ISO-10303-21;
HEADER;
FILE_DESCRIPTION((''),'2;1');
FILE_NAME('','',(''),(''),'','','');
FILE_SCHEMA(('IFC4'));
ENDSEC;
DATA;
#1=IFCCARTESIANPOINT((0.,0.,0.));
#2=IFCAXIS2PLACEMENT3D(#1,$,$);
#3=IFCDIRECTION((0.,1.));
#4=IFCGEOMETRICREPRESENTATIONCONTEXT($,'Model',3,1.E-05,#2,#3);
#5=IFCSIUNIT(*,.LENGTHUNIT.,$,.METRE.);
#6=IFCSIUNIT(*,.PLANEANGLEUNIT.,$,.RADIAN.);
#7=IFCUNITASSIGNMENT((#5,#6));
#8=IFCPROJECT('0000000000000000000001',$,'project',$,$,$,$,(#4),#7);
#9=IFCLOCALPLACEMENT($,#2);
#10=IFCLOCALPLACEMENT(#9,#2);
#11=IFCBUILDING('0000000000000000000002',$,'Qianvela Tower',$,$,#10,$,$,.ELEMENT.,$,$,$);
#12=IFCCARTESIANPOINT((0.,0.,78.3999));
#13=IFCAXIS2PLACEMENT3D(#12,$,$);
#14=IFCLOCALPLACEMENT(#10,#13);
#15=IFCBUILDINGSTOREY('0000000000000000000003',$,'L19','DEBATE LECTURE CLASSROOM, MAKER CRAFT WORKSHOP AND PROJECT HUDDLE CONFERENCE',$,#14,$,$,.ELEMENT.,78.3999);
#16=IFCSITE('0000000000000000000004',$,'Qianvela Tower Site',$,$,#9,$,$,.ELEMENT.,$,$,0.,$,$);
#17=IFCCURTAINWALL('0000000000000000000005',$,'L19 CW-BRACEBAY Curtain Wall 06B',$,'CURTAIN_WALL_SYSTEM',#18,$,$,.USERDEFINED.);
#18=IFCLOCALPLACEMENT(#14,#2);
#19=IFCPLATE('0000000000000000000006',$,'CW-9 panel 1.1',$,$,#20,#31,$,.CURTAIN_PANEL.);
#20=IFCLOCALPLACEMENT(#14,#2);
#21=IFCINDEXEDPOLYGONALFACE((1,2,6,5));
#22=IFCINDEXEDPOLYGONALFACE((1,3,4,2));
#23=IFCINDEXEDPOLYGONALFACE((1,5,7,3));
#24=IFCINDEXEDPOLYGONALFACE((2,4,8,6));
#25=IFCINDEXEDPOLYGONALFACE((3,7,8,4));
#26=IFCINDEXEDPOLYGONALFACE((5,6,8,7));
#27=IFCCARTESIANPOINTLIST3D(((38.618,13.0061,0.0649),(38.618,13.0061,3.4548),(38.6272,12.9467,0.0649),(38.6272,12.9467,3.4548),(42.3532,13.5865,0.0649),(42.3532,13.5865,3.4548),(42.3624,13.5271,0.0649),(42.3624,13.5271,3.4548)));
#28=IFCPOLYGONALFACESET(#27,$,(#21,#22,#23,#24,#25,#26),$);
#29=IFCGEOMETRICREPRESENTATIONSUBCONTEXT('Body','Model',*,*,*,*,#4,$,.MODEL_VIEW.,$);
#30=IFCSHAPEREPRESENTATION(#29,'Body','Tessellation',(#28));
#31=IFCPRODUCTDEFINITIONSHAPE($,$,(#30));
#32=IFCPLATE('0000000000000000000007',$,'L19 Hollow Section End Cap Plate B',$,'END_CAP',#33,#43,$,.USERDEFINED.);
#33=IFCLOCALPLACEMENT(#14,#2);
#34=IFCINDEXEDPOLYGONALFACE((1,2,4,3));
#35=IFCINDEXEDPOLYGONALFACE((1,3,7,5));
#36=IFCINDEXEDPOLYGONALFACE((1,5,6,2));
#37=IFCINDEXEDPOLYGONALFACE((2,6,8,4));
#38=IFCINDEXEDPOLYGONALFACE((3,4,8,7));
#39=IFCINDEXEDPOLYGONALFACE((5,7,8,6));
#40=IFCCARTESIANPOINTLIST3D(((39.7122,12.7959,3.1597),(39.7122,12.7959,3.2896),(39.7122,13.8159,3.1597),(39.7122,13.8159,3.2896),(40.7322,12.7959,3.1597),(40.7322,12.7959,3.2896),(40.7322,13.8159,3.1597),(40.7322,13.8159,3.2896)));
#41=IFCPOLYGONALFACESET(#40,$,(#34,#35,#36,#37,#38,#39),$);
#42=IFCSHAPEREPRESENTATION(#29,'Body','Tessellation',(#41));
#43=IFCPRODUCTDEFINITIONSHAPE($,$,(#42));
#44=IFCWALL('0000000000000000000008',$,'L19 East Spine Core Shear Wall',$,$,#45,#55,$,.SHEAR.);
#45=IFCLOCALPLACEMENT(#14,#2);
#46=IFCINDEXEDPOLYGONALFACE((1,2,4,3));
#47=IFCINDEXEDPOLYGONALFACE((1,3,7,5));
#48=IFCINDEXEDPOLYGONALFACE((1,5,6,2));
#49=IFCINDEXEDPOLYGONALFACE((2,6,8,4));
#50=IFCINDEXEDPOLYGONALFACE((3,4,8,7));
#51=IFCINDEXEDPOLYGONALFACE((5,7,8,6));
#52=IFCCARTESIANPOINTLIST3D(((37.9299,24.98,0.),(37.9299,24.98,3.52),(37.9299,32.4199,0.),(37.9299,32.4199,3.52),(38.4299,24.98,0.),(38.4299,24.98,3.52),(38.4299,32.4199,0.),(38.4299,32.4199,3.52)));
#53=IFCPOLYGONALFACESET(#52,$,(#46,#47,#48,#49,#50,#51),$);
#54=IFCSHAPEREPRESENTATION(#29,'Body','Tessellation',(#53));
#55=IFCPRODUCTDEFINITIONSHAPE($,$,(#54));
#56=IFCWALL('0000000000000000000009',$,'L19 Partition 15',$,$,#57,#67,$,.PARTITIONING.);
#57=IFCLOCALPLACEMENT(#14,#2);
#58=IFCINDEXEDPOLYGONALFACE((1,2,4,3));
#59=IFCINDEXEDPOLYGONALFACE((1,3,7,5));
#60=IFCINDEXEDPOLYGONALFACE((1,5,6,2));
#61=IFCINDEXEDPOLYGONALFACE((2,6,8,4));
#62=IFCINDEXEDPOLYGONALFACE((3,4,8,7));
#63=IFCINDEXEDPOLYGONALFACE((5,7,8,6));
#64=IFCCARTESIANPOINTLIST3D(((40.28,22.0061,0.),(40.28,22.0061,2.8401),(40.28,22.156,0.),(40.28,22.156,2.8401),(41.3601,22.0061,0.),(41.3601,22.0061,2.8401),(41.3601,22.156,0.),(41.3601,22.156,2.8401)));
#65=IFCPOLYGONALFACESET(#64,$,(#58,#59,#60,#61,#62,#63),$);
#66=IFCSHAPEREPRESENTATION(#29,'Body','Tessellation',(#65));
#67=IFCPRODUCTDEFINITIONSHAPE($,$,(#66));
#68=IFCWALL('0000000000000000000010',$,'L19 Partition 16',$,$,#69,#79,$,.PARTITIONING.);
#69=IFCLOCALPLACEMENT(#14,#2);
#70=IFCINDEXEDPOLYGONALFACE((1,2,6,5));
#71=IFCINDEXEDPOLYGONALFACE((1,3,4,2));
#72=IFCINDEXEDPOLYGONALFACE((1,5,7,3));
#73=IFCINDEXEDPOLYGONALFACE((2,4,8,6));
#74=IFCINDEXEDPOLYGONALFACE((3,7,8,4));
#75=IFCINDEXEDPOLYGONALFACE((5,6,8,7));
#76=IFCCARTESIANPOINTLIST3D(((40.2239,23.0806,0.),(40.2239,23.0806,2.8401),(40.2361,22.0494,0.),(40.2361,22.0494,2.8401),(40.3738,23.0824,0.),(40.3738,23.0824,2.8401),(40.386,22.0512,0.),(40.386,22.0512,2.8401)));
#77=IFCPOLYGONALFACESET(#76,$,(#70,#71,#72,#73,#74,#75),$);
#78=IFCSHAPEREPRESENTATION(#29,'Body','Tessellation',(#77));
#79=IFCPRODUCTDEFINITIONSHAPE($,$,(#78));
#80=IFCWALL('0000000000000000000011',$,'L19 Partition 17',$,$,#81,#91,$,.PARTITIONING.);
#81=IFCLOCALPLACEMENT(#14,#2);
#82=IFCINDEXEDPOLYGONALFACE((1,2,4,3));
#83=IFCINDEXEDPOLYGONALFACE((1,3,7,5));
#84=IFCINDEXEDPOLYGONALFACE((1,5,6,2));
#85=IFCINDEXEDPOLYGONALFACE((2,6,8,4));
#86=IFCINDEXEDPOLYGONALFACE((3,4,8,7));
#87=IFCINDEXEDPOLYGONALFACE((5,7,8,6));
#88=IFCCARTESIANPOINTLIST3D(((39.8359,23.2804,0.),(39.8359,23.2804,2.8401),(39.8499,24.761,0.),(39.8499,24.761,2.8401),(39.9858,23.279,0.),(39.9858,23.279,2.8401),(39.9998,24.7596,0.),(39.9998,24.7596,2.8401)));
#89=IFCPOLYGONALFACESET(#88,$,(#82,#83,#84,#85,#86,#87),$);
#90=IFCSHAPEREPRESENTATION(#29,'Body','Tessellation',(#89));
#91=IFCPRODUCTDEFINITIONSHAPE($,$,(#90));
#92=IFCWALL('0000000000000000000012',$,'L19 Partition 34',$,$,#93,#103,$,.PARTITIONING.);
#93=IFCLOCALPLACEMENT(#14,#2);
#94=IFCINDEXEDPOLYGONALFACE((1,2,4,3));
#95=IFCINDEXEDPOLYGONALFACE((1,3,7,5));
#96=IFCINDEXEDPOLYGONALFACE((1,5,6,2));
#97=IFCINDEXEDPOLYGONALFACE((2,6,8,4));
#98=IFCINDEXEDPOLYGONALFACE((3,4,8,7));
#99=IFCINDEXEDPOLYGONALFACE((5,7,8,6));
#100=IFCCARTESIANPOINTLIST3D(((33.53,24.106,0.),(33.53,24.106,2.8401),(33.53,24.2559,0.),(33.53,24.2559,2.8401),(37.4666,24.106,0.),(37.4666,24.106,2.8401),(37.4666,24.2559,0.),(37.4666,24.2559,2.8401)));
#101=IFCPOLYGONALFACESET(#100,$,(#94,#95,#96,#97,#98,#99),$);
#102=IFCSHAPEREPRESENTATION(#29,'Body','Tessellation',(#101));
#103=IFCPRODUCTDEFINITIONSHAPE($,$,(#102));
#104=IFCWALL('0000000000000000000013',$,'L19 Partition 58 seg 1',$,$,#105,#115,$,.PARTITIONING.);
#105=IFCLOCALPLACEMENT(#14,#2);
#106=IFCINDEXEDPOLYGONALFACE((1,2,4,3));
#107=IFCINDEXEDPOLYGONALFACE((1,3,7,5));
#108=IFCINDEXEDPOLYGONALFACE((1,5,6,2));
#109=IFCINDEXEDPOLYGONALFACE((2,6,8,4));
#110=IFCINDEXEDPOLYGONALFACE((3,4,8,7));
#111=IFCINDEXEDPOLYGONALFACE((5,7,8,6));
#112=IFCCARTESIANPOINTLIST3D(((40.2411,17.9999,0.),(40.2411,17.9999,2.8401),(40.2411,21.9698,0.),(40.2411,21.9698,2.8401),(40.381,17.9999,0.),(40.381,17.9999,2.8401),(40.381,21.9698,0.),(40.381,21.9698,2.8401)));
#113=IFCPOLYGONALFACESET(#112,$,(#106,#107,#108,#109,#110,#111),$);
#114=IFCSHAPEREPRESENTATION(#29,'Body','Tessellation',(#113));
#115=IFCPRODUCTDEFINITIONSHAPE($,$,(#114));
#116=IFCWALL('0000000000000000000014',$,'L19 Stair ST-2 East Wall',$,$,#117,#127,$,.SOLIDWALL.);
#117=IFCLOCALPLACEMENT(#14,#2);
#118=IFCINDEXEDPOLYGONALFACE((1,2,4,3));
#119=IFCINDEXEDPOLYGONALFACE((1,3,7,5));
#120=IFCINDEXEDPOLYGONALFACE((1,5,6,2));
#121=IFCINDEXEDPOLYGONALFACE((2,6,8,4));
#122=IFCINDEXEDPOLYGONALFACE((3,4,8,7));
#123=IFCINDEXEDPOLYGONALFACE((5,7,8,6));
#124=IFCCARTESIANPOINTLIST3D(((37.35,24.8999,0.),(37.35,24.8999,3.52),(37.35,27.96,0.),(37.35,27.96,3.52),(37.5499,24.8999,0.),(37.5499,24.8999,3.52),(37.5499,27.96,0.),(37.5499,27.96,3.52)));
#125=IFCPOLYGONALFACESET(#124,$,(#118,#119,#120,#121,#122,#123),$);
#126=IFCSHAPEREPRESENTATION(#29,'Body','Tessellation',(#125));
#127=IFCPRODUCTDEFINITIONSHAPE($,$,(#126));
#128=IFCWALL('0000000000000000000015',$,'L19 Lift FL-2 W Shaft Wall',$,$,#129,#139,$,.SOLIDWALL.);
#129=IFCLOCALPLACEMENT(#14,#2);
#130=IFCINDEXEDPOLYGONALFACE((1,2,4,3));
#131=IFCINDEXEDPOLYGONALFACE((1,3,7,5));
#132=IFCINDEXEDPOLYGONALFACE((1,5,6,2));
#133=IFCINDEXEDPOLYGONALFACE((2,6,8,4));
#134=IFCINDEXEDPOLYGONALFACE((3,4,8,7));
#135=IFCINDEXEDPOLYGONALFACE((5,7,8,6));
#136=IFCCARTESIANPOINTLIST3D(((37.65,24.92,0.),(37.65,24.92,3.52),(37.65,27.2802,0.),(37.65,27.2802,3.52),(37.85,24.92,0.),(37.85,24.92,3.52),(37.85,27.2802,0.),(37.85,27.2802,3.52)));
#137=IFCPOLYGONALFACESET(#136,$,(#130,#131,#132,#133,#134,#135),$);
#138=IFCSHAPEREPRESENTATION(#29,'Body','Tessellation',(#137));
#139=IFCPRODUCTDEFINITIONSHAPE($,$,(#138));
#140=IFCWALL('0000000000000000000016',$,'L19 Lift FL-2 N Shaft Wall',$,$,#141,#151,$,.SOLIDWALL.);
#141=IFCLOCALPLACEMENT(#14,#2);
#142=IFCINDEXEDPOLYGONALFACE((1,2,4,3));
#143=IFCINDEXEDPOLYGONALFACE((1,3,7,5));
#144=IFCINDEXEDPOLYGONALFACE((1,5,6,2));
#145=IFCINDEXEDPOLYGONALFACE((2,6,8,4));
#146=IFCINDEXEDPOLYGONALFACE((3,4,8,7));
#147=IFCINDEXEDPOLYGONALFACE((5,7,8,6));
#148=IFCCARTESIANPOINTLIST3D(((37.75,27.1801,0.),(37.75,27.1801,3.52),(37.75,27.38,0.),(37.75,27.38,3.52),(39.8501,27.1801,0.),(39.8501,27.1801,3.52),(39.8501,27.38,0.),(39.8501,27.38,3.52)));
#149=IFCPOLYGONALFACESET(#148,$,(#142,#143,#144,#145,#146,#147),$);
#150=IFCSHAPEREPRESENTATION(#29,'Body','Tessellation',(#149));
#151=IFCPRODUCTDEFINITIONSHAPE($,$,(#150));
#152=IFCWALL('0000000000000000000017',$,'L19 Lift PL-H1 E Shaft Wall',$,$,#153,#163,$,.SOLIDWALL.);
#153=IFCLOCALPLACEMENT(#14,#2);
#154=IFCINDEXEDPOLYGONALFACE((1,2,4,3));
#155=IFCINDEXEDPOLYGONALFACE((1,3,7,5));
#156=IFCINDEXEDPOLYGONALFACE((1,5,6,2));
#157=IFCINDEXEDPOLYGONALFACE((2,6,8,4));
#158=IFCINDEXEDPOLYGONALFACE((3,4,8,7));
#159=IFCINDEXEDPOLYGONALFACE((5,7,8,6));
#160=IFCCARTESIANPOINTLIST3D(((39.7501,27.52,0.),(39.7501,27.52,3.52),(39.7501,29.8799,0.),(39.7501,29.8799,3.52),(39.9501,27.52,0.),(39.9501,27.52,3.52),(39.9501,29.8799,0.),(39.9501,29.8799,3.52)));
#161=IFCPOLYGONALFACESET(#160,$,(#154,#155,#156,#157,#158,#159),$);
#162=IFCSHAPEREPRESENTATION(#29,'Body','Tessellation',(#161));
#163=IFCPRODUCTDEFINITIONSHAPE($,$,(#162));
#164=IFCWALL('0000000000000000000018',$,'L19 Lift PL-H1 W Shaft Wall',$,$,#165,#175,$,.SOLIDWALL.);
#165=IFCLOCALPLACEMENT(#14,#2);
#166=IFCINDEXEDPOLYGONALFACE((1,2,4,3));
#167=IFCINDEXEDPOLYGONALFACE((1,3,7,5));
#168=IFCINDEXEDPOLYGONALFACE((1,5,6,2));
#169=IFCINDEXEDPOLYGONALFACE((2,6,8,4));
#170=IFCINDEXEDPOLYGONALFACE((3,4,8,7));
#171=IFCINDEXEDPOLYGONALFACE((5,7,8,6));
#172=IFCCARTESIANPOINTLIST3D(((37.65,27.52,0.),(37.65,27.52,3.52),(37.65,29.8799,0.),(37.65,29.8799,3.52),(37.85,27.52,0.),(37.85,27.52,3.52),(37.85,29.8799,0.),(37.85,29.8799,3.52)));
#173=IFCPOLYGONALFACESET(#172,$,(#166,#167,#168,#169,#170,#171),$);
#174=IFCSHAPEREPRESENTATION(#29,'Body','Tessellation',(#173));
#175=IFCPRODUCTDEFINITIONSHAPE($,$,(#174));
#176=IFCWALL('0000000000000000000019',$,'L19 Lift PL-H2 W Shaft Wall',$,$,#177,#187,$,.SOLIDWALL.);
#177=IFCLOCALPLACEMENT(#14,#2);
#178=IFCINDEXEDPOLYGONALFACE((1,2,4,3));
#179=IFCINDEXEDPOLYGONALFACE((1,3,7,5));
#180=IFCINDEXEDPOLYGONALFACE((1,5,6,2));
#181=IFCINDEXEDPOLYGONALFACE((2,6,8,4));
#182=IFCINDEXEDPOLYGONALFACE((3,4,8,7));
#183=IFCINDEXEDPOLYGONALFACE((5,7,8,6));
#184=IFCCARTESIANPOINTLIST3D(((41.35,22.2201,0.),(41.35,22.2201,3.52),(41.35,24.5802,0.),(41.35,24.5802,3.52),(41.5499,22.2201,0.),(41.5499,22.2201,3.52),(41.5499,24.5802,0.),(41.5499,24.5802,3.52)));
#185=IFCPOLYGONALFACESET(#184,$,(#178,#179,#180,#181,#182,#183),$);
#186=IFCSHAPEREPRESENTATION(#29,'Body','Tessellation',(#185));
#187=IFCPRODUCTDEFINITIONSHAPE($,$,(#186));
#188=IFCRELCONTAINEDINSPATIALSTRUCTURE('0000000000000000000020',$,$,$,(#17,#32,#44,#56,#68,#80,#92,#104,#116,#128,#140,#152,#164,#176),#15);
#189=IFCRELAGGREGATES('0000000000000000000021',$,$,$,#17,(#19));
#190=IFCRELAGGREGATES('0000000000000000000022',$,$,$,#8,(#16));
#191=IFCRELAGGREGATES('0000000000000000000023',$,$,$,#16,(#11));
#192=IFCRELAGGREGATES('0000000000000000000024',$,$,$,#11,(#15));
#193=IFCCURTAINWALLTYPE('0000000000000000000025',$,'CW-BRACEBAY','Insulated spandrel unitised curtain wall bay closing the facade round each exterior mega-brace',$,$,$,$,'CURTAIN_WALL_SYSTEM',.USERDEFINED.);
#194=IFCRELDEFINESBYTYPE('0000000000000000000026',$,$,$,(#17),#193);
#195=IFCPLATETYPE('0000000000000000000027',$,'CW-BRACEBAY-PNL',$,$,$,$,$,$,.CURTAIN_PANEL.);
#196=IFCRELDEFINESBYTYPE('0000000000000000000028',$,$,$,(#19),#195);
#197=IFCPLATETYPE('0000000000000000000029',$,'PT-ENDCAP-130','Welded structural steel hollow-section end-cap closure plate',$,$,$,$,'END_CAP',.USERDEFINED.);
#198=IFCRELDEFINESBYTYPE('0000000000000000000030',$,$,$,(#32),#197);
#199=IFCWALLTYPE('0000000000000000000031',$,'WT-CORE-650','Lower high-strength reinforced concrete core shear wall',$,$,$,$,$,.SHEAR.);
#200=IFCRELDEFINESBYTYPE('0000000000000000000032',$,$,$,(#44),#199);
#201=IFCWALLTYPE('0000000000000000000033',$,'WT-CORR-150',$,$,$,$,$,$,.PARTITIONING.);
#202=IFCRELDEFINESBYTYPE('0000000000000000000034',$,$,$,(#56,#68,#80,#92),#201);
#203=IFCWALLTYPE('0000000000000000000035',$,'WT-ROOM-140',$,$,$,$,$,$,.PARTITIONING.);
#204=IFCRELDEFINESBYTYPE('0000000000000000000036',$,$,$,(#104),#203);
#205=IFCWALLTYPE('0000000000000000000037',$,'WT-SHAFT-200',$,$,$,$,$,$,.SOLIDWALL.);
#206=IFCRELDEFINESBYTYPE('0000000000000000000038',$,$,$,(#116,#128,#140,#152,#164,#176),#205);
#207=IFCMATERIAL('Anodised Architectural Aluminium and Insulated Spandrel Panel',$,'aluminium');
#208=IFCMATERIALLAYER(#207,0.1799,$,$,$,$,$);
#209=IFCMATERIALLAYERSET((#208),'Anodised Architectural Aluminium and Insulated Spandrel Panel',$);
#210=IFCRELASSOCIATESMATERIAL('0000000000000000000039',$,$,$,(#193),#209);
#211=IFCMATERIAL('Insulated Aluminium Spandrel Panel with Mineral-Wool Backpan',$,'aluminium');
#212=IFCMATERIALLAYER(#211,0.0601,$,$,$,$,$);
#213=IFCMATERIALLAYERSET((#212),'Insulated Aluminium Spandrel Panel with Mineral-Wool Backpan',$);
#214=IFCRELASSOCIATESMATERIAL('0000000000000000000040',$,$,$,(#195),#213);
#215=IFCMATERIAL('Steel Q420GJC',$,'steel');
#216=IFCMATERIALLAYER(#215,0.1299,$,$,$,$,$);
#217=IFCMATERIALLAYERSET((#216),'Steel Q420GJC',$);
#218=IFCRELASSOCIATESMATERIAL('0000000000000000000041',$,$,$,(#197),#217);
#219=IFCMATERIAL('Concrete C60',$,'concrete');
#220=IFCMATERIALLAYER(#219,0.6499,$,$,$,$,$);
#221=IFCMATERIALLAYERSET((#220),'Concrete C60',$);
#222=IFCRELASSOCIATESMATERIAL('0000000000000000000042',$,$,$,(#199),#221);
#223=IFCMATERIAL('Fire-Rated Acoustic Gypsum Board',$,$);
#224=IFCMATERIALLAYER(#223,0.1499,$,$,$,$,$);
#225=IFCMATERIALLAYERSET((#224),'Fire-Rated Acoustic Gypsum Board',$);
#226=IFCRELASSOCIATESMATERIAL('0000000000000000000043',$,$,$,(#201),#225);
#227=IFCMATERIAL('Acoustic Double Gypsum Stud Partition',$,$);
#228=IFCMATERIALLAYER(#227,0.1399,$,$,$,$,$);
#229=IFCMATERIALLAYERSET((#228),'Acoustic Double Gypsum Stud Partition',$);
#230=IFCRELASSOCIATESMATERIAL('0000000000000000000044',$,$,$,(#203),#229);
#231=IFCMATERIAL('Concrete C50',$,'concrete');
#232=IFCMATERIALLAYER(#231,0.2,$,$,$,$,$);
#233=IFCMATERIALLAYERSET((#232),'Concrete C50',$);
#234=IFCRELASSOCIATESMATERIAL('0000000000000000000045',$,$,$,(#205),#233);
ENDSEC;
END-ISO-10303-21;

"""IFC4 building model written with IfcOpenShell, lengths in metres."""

from ifc_helpers import new_model, si_unit, direction, frame, frame_2d, origin, origin_2d, place, context, subcontext, project, spatial, rectangle, extrude, material, layer, layer_set, type_object, element, aggregate, save


model = new_model("IFC4")

# Units and contexts
model_context = context("Model", 3, precision=1e-05, world=origin(), true_north=direction((0.0, 1.0)))
body_context = subcontext(model_context, "Body", "Model", "MODEL_VIEW")
ifc_project = project(units=[si_unit("LENGTHUNIT", "METRE"), si_unit("PLANEANGLEUNIT", "RADIAN")], contexts=[model_context])

# Site, building, storey
site_placement = place(None, origin())
site = spatial("IfcSite", under=ifc_project, at=site_placement, Name="Qianvela Tower Site", CompositionType="ELEMENT", RefElevation=0.0)
building_placement = place(site_placement, origin())
building = spatial("IfcBuilding", under=site, at=building_placement, Name="Qianvela Tower", CompositionType="ELEMENT")
storey_placement = place(building_placement, frame((0.0, 0.0, 78.3999)))
storey = spatial("IfcBuildingStorey", under=building, at=storey_placement, Name="L19", Description="DEBATE LECTURE CLASSROOM, MAKER CRAFT WORKSHOP AND PROJECT HUDDLE CONFERENCE", CompositionType="ELEMENT", Elevation=78.3999)

# Curtain wall
ifc_material_1 = material(Name="Anodised Architectural Aluminium and Insulated Spandrel Panel", Category="aluminium")
ifc_layer_1 = layer(ifc_material_1, 0.1799)
ifc_layer_set_1 = layer_set([ifc_layer_1], Name="Anodised Architectural Aluminium and Insulated Spandrel Panel")
curtain_wall_type_1 = type_object("IfcCurtainWallType", Name="CW-BRACEBAY", Description="Insulated spandrel unitised curtain wall bay closing the facade round each exterior mega-brace", ElementType="CURTAIN_WALL_SYSTEM", PredefinedType="USERDEFINED", material=ifc_layer_set_1)
curtain_wall_1_placement = place(storey_placement, origin())
curtain_wall_1 = element("IfcCurtainWall", 1, at=curtain_wall_1_placement, inside=storey, type_object=curtain_wall_type_1, Name="L19 CW-BRACEBAY Curtain Wall 06B", ObjectType="CURTAIN_WALL_SYSTEM", PredefinedType="USERDEFINED")

# Plates
ifc_material_2 = material(Name="Insulated Aluminium Spandrel Panel with Mineral-Wool Backpan", Category="aluminium")
ifc_layer_2 = layer(ifc_material_2, 0.0601)
ifc_layer_set_2 = layer_set([ifc_layer_2], Name="Insulated Aluminium Spandrel Panel with Mineral-Wool Backpan")
plate_type_1 = type_object("IfcPlateType", Name="CW-BRACEBAY-PNL", PredefinedType="CURTAIN_PANEL", material=ifc_layer_set_2)
plate_1_placement = place(storey_placement, frame((40.4902, 13.2666, 0.0649), z_axis=(0.0, 0.0, 1.0), x_axis=(0.988141, 0.153552, 0.0)))
plate_1 = element("IfcPlate", 2, at=plate_1_placement, type_object=plate_type_1, Name="CW-9 panel 1.1", PredefinedType="CURTAIN_PANEL", context=body_context, shape_type="SweptSolid", body=[
    extrude(rectangle(XDim=3.78, YDim=0.0601, at=origin_2d()), origin(), (0.0, 0.0, 1.0), 3.3899),
])
aggregate(curtain_wall_1, [plate_1])
ifc_material_3 = material(Name="Steel Q420GJC", Category="steel")
ifc_layer_3 = layer(ifc_material_3, 0.1299)
ifc_layer_set_3 = layer_set([ifc_layer_3], Name="Steel Q420GJC")
plate_type_2 = type_object("IfcPlateType", Name="PT-ENDCAP-130", Description="Welded structural steel hollow-section end-cap closure plate", ElementType="END_CAP", PredefinedType="USERDEFINED", material=ifc_layer_set_3)
plate_2_placement = place(storey_placement, frame((40.2222, 13.3059, 3.1597), z_axis=(0.0, 0.0, 1.0), x_axis=(1.0, 0.0, 0.0)))
element("IfcPlate", 3, at=plate_2_placement, inside=storey, type_object=plate_type_2, Name="L19 Hollow Section End Cap Plate B", ObjectType="END_CAP", PredefinedType="USERDEFINED", context=body_context, shape_type="SweptSolid", body=[
    extrude(rectangle(XDim=1.02, YDim=1.02, at=origin_2d()), origin(), (0.0, 0.0, 1.0), 0.1299),
])

# Walls
ifc_material_4 = material(Name="Concrete C60", Category="concrete")
ifc_layer_4 = layer(ifc_material_4, 0.6499)
ifc_layer_set_4 = layer_set([ifc_layer_4], Name="Concrete C60")
wall_type_1 = type_object("IfcWallType", Name="WT-CORE-650", Description="Lower high-strength reinforced concrete core shear wall", PredefinedType="SHEAR", material=ifc_layer_set_4)
wall_1_placement = place(storey_placement, frame((38.1799, 24.98, 0.0), z_axis=(0.0, 0.0, 1.0), x_axis=(0.0, 1.0, 0.0)))
element("IfcWall", 4, at=wall_1_placement, inside=storey, type_object=wall_type_1, Name="L19 East Spine Core Shear Wall", PredefinedType="SHEAR", context=body_context, shape_type="SweptSolid", body=[
    extrude(rectangle(XDim=7.4399, YDim=0.5, at=frame_2d((3.72, 0.0))), origin(), (0.0, 0.0, 1.0), 3.52),
])
ifc_material_5 = material(Name="Fire-Rated Acoustic Gypsum Board")
ifc_layer_5 = layer(ifc_material_5, 0.1499)
ifc_layer_set_5 = layer_set([ifc_layer_5], Name="Fire-Rated Acoustic Gypsum Board")
wall_type_2 = type_object("IfcWallType", Name="WT-CORR-150", PredefinedType="PARTITIONING", material=ifc_layer_set_5)
wall_2_placement = place(storey_placement, frame((41.3601, 22.0811, 0.0), z_axis=(0.0, 0.0, 1.0), x_axis=(-1.0, 0.0, 0.0)))
element("IfcWall", 5, at=wall_2_placement, inside=storey, type_object=wall_type_2, Name="L19 Partition 15", PredefinedType="PARTITIONING", context=body_context, shape_type="SweptSolid", body=[
    extrude(rectangle(XDim=1.0801, YDim=0.1499, at=frame_2d((0.54, 0.0))), origin(), (0.0, 0.0, 1.0), 2.8401),
])
wall_3_placement = place(storey_placement, frame((40.311, 22.0503, 0.0), z_axis=(0.0, 0.0, 1.0), x_axis=(-0.011836, 0.99993, 0.0)))
element("IfcWall", 6, at=wall_3_placement, inside=storey, type_object=wall_type_2, Name="L19 Partition 16", PredefinedType="PARTITIONING", context=body_context, shape_type="SweptSolid", body=[
    extrude(rectangle(XDim=1.0312, YDim=0.1499, at=frame_2d((0.5156, 0.0))), origin(), (0.0, 0.0, 1.0), 2.8401),
])
wall_4_placement = place(storey_placement, frame((39.9109, 23.2798, 0.0), z_axis=(0.0, 0.0, 1.0), x_axis=(0.009398, 0.999956, 0.0)))
element("IfcWall", 7, at=wall_4_placement, inside=storey, type_object=wall_type_2, Name="L19 Partition 17", PredefinedType="PARTITIONING", context=body_context, shape_type="SweptSolid", body=[
    extrude(rectangle(XDim=1.4807, YDim=0.1499, at=frame_2d((0.7402, 0.0))), origin(), (0.0, 0.0, 1.0), 2.8401),
])
wall_5_placement = place(storey_placement, frame((37.4666, 24.1809, 0.0), z_axis=(0.0, 0.0, 1.0), x_axis=(-1.0, 0.0, 0.0)))
element("IfcWall", 8, at=wall_5_placement, inside=storey, type_object=wall_type_2, Name="L19 Partition 34", PredefinedType="PARTITIONING", context=body_context, shape_type="SweptSolid", body=[
    extrude(rectangle(XDim=3.9365, YDim=0.1499, at=frame_2d((1.9683, 0.0))), origin(), (0.0, 0.0, 1.0), 2.8401),
])
ifc_material_6 = material(Name="Acoustic Double Gypsum Stud Partition")
ifc_layer_6 = layer(ifc_material_6, 0.1399)
ifc_layer_set_6 = layer_set([ifc_layer_6], Name="Acoustic Double Gypsum Stud Partition")
wall_type_3 = type_object("IfcWallType", Name="WT-ROOM-140", PredefinedType="PARTITIONING", material=ifc_layer_set_6)
wall_6_placement = place(storey_placement, frame((40.311, 18.0, 0.0), z_axis=(0.0, 0.0, 1.0), x_axis=(0.0, 1.0, 0.0)))
element("IfcWall", 9, at=wall_6_placement, inside=storey, type_object=wall_type_3, Name="L19 Partition 58 seg 1", PredefinedType="PARTITIONING", context=body_context, shape_type="SweptSolid", body=[
    extrude(rectangle(XDim=3.97, YDim=0.1399, at=frame_2d((1.9849, 0.0))), origin(), (0.0, 0.0, 1.0), 2.8401),
])
ifc_material_7 = material(Name="Concrete C50", Category="concrete")
ifc_layer_7 = layer(ifc_material_7, 0.2)
ifc_layer_set_7 = layer_set([ifc_layer_7], Name="Concrete C50")
wall_type_4 = type_object("IfcWallType", Name="WT-SHAFT-200", PredefinedType="SOLIDWALL", material=ifc_layer_set_7)
wall_7_placement = place(storey_placement, frame((37.45, 24.8999, 0.0), z_axis=(0.0, 0.0, 1.0), x_axis=(0.0, 1.0, 0.0)))
element("IfcWall", 10, at=wall_7_placement, inside=storey, type_object=wall_type_4, Name="L19 Stair ST-2 East Wall", PredefinedType="SOLIDWALL", context=body_context, shape_type="SweptSolid", body=[
    extrude(rectangle(XDim=3.0601, YDim=0.2, at=frame_2d((1.53, 0.0))), origin(), (0.0, 0.0, 1.0), 3.52),
])

# Walls
wall_8_placement = place(storey_placement, frame((37.75, 24.9199, 0.0), z_axis=(0.0, 0.0, 1.0), x_axis=(0.0, 1.0, 0.0)))
element("IfcWall", 11, at=wall_8_placement, inside=storey, type_object=wall_type_4, Name="L19 Lift FL-2 W Shaft Wall", PredefinedType="SOLIDWALL", context=body_context, shape_type="SweptSolid", body=[
    extrude(rectangle(XDim=2.3601, YDim=0.2, at=frame_2d((1.1802, 0.0))), origin(), (0.0, 0.0, 1.0), 3.52),
])
wall_9_placement = place(storey_placement, frame((37.75, 27.28, 0.0), z_axis=(0.0, 0.0, 1.0), x_axis=(1.0, 0.0, 0.0)))
element("IfcWall", 12, at=wall_9_placement, inside=storey, type_object=wall_type_4, Name="L19 Lift FL-2 N Shaft Wall", PredefinedType="SOLIDWALL", context=body_context, shape_type="SweptSolid", body=[
    extrude(rectangle(XDim=2.1001, YDim=0.2, at=frame_2d((1.05, 0.0))), origin(), (0.0, 0.0, 1.0), 3.52),
])
for number, where, z_axis, x_axis, name in (
    (13, (39.8501, 27.52, 0.0), (0.0, 0.0, 1.0), (0.0, 1.0, 0.0), "L19 Lift PL-H1 E Shaft Wall"),
    (14, (37.75, 27.52, 0.0), (0.0, 0.0, 1.0), (0.0, 1.0, 0.0), "L19 Lift PL-H1 W Shaft Wall"),
):
    element("IfcWall", number, at=place(storey_placement, frame(where, z_axis=z_axis, x_axis=x_axis)), inside=storey, type_object=wall_type_4, Name=name, PredefinedType="SOLIDWALL", context=body_context, shape_type="SweptSolid", body=[
        extrude(rectangle(XDim=2.3599, YDim=0.2, at=frame_2d((1.1799, 0.0))), origin(), (0.0, 0.0, 1.0), 3.52),
    ])
wall_10_placement = place(storey_placement, frame((41.45, 22.22, 0.0), z_axis=(0.0, 0.0, 1.0), x_axis=(0.0, 1.0, 0.0)))
element("IfcWall", 15, at=wall_10_placement, inside=storey, type_object=wall_type_4, Name="L19 Lift PL-H2 W Shaft Wall", PredefinedType="SOLIDWALL", context=body_context, shape_type="SweptSolid", body=[
    extrude(rectangle(XDim=2.3601, YDim=0.2, at=frame_2d((1.1802, 0.0))), origin(), (0.0, 0.0, 1.0), 3.52),
])

save(model, "model.ifc")
